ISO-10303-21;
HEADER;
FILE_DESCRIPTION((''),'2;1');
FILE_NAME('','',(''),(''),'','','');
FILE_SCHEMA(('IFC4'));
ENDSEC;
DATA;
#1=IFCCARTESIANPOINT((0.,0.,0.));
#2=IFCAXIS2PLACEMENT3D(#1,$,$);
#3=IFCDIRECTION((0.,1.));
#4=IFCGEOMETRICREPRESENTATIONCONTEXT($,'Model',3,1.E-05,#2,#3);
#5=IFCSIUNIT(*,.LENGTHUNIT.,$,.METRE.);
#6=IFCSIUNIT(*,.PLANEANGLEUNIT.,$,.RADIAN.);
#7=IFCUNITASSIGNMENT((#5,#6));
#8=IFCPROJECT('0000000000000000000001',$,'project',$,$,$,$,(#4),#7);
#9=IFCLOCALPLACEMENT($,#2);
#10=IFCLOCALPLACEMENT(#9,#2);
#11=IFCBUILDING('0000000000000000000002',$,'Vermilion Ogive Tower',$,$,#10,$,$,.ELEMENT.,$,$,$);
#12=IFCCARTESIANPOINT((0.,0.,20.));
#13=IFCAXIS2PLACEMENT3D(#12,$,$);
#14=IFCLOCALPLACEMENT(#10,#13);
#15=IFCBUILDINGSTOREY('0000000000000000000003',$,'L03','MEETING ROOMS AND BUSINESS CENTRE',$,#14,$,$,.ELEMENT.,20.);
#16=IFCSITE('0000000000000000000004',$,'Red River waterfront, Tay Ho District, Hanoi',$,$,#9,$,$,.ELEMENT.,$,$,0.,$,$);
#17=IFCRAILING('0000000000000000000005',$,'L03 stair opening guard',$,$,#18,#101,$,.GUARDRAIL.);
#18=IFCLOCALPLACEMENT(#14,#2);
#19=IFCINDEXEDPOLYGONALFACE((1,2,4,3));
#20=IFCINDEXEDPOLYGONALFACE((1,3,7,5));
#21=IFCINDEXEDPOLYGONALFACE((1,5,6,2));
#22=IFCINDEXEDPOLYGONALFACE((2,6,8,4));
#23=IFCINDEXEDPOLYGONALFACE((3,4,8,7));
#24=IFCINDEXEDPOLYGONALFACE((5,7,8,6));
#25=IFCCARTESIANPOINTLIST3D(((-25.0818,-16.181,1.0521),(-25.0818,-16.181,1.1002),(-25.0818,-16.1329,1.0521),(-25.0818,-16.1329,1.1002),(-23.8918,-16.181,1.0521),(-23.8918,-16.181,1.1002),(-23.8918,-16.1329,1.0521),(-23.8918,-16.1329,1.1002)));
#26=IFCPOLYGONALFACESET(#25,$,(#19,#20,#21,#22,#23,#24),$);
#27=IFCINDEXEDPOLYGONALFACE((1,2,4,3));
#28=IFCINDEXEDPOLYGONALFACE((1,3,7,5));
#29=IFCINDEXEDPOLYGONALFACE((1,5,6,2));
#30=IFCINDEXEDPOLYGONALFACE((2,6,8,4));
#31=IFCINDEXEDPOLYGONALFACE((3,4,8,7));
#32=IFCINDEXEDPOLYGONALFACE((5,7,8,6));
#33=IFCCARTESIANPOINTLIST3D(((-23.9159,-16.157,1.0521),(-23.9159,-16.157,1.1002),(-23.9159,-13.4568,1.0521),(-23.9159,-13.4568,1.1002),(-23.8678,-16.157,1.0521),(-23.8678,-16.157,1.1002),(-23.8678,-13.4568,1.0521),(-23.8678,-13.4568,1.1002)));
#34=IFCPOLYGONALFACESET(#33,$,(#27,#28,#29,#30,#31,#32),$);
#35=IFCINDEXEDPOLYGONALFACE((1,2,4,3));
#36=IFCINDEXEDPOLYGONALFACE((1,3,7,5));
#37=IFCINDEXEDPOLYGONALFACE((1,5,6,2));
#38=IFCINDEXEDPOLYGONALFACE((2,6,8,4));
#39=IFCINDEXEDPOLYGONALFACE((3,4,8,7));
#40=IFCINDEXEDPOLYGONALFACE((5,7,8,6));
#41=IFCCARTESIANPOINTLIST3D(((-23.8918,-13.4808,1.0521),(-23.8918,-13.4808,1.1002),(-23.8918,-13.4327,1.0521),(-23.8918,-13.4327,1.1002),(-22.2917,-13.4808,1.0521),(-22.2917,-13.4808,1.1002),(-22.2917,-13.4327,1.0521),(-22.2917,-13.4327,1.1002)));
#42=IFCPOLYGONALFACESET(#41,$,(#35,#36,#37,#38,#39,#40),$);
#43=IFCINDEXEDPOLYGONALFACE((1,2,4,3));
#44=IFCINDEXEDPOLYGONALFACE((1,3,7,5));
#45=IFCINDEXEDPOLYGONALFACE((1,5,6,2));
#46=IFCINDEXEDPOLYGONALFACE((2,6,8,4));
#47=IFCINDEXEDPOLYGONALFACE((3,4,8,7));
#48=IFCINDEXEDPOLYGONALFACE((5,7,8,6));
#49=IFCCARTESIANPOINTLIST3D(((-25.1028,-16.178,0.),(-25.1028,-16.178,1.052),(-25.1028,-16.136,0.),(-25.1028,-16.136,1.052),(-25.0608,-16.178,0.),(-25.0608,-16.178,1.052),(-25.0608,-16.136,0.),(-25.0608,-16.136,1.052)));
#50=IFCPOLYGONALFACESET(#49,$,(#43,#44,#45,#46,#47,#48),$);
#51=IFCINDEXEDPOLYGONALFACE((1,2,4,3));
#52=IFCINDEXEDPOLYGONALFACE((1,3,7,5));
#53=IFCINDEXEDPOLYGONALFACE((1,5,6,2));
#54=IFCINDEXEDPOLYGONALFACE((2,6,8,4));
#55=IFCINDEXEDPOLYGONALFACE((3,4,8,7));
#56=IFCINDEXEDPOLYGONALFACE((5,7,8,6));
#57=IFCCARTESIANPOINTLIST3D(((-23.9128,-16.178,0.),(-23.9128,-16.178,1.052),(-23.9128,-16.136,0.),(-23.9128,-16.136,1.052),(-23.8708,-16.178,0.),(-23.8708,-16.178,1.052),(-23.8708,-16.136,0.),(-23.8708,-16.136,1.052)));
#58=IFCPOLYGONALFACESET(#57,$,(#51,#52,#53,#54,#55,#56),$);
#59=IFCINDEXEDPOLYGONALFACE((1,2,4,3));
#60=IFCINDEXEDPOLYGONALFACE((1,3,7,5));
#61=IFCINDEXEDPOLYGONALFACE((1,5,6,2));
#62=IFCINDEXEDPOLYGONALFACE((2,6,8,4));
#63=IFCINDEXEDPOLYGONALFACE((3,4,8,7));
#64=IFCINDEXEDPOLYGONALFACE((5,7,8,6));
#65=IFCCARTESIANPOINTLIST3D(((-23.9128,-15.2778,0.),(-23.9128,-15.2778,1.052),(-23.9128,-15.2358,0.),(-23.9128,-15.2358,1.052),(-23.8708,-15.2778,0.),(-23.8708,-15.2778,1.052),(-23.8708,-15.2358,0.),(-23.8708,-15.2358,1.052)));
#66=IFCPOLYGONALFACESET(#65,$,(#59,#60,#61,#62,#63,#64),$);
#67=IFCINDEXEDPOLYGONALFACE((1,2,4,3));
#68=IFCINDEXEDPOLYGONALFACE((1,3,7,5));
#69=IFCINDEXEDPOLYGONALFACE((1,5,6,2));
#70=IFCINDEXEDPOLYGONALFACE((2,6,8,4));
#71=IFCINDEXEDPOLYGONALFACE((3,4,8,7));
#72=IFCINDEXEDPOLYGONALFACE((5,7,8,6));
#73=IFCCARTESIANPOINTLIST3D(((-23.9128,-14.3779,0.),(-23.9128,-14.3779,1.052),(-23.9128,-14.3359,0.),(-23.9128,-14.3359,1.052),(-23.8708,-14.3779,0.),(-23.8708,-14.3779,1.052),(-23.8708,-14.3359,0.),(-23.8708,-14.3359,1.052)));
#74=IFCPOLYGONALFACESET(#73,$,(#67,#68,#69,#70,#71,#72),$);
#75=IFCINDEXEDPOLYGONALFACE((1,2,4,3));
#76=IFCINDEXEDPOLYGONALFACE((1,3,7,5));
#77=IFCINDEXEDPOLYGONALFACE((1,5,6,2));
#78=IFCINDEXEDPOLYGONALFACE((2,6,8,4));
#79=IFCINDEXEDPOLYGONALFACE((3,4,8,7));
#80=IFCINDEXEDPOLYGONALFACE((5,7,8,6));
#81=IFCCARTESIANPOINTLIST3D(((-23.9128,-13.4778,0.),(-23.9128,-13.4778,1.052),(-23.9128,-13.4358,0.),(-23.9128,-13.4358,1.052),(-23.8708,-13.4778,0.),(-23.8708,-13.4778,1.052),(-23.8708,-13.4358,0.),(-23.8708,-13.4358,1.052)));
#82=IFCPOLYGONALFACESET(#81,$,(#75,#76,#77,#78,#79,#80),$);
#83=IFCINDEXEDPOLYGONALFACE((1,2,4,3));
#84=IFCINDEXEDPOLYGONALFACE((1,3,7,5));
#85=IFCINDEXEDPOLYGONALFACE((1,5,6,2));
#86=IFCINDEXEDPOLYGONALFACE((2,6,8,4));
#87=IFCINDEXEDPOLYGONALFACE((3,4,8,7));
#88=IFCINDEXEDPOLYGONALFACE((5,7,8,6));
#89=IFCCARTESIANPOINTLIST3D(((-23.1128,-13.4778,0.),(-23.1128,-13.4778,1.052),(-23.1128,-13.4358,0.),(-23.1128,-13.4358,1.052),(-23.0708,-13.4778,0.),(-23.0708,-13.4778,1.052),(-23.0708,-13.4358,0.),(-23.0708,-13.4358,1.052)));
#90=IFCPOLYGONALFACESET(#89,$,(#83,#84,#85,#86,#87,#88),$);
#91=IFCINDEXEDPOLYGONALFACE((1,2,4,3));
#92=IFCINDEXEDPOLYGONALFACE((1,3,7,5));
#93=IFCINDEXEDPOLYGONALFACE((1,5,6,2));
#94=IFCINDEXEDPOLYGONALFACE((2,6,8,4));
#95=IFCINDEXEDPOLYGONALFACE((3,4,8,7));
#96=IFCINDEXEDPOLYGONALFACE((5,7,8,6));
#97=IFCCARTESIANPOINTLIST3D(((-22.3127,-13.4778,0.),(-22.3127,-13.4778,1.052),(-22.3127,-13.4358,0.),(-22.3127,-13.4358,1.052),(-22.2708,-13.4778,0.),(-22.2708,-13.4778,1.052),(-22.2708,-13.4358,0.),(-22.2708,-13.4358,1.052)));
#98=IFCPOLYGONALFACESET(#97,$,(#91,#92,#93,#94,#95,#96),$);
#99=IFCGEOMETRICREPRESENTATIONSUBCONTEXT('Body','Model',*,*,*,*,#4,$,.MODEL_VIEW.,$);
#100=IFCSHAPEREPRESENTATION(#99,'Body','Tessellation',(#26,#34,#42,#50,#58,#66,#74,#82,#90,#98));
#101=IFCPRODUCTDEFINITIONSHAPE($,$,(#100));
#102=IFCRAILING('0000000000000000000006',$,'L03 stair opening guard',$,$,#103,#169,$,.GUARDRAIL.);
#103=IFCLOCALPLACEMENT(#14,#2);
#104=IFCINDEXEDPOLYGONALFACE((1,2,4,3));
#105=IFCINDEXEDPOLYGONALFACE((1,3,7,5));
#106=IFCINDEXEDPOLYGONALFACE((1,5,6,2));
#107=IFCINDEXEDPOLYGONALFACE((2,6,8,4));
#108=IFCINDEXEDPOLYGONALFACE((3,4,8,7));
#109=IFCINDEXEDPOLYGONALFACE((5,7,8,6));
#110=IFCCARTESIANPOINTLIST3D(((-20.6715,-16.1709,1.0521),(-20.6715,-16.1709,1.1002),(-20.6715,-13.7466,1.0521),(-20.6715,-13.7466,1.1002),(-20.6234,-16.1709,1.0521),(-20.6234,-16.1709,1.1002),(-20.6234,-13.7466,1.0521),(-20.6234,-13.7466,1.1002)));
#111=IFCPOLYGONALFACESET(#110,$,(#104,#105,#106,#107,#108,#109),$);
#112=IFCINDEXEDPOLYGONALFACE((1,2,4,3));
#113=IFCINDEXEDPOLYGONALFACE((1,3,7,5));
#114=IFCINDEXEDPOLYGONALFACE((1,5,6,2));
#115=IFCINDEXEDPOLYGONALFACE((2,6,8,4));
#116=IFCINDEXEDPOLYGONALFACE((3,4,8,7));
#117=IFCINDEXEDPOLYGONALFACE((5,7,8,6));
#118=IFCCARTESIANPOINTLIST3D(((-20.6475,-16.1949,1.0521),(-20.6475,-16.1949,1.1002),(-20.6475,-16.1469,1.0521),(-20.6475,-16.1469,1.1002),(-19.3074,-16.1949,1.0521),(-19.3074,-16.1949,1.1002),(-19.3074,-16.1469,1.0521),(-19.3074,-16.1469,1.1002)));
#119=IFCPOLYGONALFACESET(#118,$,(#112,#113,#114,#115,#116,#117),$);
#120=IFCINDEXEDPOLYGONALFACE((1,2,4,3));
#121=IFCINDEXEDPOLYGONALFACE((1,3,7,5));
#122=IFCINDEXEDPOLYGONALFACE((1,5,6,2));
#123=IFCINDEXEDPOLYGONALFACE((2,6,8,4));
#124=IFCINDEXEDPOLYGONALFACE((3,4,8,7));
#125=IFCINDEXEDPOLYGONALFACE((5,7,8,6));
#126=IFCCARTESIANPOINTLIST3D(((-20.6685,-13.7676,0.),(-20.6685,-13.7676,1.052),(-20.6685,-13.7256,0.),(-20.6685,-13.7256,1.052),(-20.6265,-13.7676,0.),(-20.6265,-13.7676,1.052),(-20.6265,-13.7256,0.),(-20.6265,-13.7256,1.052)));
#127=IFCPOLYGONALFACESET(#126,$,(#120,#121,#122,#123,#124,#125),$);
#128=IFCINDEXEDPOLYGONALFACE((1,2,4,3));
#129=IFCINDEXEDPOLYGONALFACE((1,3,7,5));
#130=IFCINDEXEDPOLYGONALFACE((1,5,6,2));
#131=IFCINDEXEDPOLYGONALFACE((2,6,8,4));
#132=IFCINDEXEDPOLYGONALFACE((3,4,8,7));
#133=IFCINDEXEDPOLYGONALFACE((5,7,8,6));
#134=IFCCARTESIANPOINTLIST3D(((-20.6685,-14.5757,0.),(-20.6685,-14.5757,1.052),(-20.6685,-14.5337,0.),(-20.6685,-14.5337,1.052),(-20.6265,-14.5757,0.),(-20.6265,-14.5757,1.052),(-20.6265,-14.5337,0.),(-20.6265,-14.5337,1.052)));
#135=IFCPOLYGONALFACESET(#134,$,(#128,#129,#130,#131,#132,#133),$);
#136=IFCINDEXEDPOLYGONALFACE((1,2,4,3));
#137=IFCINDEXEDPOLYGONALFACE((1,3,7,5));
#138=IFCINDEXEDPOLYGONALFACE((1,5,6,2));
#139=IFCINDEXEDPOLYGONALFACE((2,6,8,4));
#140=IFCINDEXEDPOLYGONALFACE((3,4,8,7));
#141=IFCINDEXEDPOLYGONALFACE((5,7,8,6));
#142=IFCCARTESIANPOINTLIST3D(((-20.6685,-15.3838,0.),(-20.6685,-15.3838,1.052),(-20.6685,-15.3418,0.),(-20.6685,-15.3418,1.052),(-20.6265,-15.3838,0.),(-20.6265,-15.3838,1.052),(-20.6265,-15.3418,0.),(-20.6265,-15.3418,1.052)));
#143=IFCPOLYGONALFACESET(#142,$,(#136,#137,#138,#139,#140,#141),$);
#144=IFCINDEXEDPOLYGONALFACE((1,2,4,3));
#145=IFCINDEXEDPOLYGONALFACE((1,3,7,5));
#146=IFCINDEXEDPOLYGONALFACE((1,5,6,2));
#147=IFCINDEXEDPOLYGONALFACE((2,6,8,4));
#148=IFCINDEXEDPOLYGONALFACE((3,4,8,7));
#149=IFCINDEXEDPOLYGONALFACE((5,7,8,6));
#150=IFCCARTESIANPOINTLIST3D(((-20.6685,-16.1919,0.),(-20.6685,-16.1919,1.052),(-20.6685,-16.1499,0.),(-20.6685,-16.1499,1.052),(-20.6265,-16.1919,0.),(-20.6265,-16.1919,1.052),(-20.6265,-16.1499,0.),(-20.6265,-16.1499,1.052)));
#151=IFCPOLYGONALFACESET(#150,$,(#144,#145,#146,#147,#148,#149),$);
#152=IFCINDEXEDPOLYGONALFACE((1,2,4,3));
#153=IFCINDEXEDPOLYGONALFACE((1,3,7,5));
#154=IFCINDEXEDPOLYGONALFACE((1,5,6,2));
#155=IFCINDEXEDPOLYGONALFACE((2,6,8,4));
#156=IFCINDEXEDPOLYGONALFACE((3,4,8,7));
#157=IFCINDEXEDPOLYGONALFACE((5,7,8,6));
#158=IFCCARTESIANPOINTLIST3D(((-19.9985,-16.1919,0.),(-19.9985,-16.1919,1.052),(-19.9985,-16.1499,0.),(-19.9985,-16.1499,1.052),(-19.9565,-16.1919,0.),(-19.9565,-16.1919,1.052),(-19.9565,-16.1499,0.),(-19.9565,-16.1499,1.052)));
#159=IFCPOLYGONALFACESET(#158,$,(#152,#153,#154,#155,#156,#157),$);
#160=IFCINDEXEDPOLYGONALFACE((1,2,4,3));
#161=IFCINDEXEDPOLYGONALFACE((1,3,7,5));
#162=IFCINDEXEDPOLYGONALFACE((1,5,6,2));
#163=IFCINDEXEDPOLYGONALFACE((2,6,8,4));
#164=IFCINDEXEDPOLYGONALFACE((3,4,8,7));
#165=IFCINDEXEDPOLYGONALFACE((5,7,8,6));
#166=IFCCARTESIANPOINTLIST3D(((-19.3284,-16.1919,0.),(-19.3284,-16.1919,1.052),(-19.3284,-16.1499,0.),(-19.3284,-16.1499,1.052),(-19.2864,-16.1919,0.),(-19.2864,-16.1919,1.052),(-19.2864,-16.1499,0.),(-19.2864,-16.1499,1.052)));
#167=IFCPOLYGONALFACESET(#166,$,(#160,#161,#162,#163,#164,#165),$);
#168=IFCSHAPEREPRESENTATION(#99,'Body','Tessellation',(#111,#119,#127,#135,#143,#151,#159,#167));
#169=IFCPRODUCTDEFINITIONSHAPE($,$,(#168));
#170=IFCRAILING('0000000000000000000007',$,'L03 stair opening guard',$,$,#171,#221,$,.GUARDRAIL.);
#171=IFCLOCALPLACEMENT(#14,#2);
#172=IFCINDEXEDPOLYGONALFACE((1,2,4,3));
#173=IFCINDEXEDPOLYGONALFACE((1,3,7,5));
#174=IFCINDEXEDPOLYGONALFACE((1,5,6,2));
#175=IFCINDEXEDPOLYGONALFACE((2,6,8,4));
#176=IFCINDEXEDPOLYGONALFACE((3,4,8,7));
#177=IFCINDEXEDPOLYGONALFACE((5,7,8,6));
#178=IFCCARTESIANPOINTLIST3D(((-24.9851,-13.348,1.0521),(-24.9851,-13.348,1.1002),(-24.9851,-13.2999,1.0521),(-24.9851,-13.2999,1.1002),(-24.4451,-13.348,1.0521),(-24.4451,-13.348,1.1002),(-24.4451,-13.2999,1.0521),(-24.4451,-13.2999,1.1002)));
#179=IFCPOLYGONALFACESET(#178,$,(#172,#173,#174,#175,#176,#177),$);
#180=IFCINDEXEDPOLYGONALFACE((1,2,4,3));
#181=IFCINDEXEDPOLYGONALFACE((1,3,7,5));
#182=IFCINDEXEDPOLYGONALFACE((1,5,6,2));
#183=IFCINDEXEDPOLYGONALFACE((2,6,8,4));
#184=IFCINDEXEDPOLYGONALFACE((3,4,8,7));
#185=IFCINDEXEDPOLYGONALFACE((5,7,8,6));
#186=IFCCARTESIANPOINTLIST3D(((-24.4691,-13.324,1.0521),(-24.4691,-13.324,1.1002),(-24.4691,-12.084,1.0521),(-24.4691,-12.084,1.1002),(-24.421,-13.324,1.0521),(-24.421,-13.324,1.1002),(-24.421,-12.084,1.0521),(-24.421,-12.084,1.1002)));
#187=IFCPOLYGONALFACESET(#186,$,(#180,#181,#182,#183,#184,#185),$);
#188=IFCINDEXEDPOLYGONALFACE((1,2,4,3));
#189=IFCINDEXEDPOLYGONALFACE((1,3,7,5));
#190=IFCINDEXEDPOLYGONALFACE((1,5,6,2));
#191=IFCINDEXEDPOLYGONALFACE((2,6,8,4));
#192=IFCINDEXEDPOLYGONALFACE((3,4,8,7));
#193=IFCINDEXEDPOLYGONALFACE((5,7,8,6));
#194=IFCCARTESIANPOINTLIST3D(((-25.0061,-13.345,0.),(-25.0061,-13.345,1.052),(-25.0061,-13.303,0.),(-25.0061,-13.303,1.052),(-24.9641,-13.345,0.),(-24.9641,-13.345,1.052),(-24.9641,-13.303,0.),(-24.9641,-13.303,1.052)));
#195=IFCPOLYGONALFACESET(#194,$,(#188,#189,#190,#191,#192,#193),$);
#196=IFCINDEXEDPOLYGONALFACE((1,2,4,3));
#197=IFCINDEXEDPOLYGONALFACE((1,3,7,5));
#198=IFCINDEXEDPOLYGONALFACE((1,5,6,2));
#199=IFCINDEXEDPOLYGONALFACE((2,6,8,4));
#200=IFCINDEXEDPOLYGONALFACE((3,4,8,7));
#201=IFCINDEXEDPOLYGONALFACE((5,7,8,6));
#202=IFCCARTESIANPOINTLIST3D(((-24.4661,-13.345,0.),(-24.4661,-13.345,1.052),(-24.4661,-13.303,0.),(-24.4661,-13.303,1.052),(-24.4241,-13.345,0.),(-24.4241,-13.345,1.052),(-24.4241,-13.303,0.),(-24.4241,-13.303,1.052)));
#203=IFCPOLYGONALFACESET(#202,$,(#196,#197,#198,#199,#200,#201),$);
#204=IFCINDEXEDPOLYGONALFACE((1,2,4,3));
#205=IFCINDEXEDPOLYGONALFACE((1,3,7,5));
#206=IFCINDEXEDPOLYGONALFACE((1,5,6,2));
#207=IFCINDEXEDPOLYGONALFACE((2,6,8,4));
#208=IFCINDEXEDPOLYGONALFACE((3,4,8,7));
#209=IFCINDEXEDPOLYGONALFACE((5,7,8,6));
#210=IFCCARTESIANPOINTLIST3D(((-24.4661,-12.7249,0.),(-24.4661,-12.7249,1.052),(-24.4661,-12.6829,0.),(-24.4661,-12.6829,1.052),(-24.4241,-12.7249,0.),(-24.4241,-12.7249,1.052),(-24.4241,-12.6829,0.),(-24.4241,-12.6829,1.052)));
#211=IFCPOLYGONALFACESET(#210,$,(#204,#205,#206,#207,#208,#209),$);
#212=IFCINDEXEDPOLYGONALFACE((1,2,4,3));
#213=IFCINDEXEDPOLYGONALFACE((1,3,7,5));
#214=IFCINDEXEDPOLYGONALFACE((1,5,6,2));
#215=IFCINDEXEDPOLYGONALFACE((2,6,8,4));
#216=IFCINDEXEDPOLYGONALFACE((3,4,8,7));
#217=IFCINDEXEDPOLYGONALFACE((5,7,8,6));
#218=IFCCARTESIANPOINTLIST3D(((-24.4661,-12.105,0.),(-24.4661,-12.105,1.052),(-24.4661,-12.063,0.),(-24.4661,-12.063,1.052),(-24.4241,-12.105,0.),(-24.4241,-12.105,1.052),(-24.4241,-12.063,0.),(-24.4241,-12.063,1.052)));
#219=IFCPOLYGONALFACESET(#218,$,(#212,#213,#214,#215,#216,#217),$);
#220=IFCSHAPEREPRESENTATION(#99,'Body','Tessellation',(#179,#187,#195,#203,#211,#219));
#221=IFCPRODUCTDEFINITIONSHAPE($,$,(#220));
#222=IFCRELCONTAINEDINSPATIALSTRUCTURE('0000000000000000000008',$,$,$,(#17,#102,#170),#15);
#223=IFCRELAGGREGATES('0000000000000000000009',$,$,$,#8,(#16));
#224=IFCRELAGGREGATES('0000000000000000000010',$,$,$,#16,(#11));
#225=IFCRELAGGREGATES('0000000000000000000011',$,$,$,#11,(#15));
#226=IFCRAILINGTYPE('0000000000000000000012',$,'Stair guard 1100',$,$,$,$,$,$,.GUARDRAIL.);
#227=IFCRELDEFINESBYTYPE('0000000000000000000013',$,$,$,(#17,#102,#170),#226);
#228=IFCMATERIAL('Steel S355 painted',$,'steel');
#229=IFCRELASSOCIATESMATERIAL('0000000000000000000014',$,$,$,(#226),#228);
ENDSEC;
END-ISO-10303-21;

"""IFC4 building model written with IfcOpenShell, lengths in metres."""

from ifc_helpers import new_model, si_unit, direction, frame, origin, origin_2d, place, context, subcontext, project, spatial, rectangle, extrude, material, type_object, element, save


model = new_model("IFC4")

# Units and contexts
model_context = context("Model", 3, precision=1e-05, world=origin(), true_north=direction((0.0, 1.0)))
body_context = subcontext(model_context, "Body", "Model", "MODEL_VIEW")
ifc_project = project(units=[si_unit("LENGTHUNIT", "METRE"), si_unit("PLANEANGLEUNIT", "RADIAN")], contexts=[model_context])

# Site, building, storey
site_placement = place(None, origin())
site = spatial("IfcSite", under=ifc_project, at=site_placement, Name="Red River waterfront, Tay Ho District, Hanoi", CompositionType="ELEMENT", RefElevation=0.0)
building_placement = place(site_placement, origin())
building = spatial("IfcBuilding", under=site, at=building_placement, Name="Vermilion Ogive Tower", CompositionType="ELEMENT")
storey_placement = place(building_placement, frame((0.0, 0.0, 20.0)))
storey = spatial("IfcBuildingStorey", under=building, at=storey_placement, Name="L03", Description="MEETING ROOMS AND BUSINESS CENTRE", CompositionType="ELEMENT", Elevation=20.0)

# Railings
ifc_material_1 = material(Name="Steel S355 painted", Category="steel")
railing_type_1 = type_object("IfcRailingType", Name="Stair guard 1100", PredefinedType="GUARDRAIL", material=ifc_material_1)
railing_1_placement = place(storey_placement, frame((-25.0818, -16.157, 0.0)))
element("IfcRailing", 1, at=railing_1_placement, inside=storey, type_object=railing_type_1, Name="L03 stair opening guard", PredefinedType="GUARDRAIL", context=body_context, shape_type="SweptSolid", body=[
    extrude(rectangle(XDim=0.0481, YDim=0.0481, at=origin_2d()), frame((0.0, 0.0, 1.0762), z_axis=(1.0, 0.0, 0.0), x_axis=(0.0, 1.0, 0.0)), (0.0, 0.0, 1.0), 1.1899),
    extrude(rectangle(XDim=0.0481, YDim=0.0481, at=origin_2d()), frame((1.1899, 0.0, 1.0762), z_axis=(0.0, 1.0, 0.0), x_axis=(-1.0, 0.0, 0.0)), (0.0, 0.0, 1.0), 2.7002),
    extrude(rectangle(XDim=0.0481, YDim=0.0481, at=origin_2d()), frame((1.1899, 2.7002, 1.0762), z_axis=(1.0, 0.0, 0.0), x_axis=(0.0, 1.0, 0.0)), (0.0, 0.0, 1.0), 1.6001),
    extrude(rectangle(XDim=0.042, YDim=0.042, at=origin_2d()), origin(), (0.0, 0.0, 1.0), 1.052),
    extrude(rectangle(XDim=0.042, YDim=0.042, at=origin_2d()), frame((1.1899, 0.0, 0.0)), (0.0, 0.0, 1.0), 1.052),
    extrude(rectangle(XDim=0.042, YDim=0.042, at=origin_2d()), frame((1.1899, 0.9001, 0.0)), (0.0, 0.0, 1.0), 1.052),
    extrude(rectangle(XDim=0.042, YDim=0.042, at=origin_2d()), frame((1.1899, 1.8, 0.0)), (0.0, 0.0, 1.0), 1.052),
    extrude(rectangle(XDim=0.042, YDim=0.042, at=origin_2d()), frame((1.1899, 2.7002, 0.0)), (0.0, 0.0, 1.0), 1.052),
    extrude(rectangle(XDim=0.042, YDim=0.042, at=origin_2d()), frame((1.99, 2.7002, 0.0)), (0.0, 0.0, 1.0), 1.052),
    extrude(rectangle(XDim=0.042, YDim=0.042, at=origin_2d()), frame((2.79, 2.7002, 0.0)), (0.0, 0.0, 1.0), 1.052),
])
railing_2_placement = place(storey_placement, frame((-20.6475, -13.7466, 0.0)))
element("IfcRailing", 2, at=railing_2_placement, inside=storey, type_object=railing_type_1, Name="L03 stair opening guard", PredefinedType="GUARDRAIL", context=body_context, shape_type="SweptSolid", body=[
    extrude(rectangle(XDim=0.0481, YDim=0.0481, at=origin_2d()), frame((0.0, 0.0, 1.0762), z_axis=(0.0, -1.0, 0.0), x_axis=(1.0, 0.0, 0.0)), (0.0, 0.0, 1.0), 2.4243),
    extrude(rectangle(XDim=0.0481, YDim=0.0481, at=origin_2d()), frame((0.0, -2.4243, 1.0762), z_axis=(1.0, 0.0, 0.0), x_axis=(0.0, 1.0, 0.0)), (0.0, 0.0, 1.0), 1.3401),
    extrude(rectangle(XDim=0.042, YDim=0.042, at=origin_2d()), origin(), (0.0, 0.0, 1.0), 1.052),
    extrude(rectangle(XDim=0.042, YDim=0.042, at=origin_2d()), frame((0.0, -0.8081, 0.0)), (0.0, 0.0, 1.0), 1.052),
    extrude(rectangle(XDim=0.042, YDim=0.042, at=origin_2d()), frame((0.0, -1.6162, 0.0)), (0.0, 0.0, 1.0), 1.052),
    extrude(rectangle(XDim=0.042, YDim=0.042, at=origin_2d()), frame((0.0, -2.4243, 0.0)), (0.0, 0.0, 1.0), 1.052),
    extrude(rectangle(XDim=0.042, YDim=0.042, at=origin_2d()), frame((0.6699, -2.4243, 0.0)), (0.0, 0.0, 1.0), 1.052),
    extrude(rectangle(XDim=0.042, YDim=0.042, at=origin_2d()), frame((1.3401, -2.4243, 0.0)), (0.0, 0.0, 1.0), 1.052),
])
railing_3_placement = place(storey_placement, frame((-24.9851, -13.324, 0.0)))
element("IfcRailing", 3, at=railing_3_placement, inside=storey, type_object=railing_type_1, Name="L03 stair opening guard", PredefinedType="GUARDRAIL", context=body_context, shape_type="SweptSolid", body=[
    extrude(rectangle(XDim=0.0481, YDim=0.0481, at=origin_2d()), frame((0.0, 0.0, 1.0762), z_axis=(1.0, 0.0, 0.0), x_axis=(0.0, 1.0, 0.0)), (0.0, 0.0, 1.0), 0.54),
    extrude(rectangle(XDim=0.0481, YDim=0.0481, at=origin_2d()), frame((0.54, 0.0, 1.0762), z_axis=(0.0, 1.0, 0.0), x_axis=(-1.0, 0.0, 0.0)), (0.0, 0.0, 1.0), 1.24),
    extrude(rectangle(XDim=0.042, YDim=0.042, at=origin_2d()), origin(), (0.0, 0.0, 1.0), 1.052),
    extrude(rectangle(XDim=0.042, YDim=0.042, at=origin_2d()), frame((0.54, 0.0, 0.0)), (0.0, 0.0, 1.0), 1.052),
    extrude(rectangle(XDim=0.042, YDim=0.042, at=origin_2d()), frame((0.54, 0.6201, 0.0)), (0.0, 0.0, 1.0), 1.052),
    extrude(rectangle(XDim=0.042, YDim=0.042, at=origin_2d()), frame((0.54, 1.24, 0.0)), (0.0, 0.0, 1.0), 1.052),
])

save(model, "model.ifc")
